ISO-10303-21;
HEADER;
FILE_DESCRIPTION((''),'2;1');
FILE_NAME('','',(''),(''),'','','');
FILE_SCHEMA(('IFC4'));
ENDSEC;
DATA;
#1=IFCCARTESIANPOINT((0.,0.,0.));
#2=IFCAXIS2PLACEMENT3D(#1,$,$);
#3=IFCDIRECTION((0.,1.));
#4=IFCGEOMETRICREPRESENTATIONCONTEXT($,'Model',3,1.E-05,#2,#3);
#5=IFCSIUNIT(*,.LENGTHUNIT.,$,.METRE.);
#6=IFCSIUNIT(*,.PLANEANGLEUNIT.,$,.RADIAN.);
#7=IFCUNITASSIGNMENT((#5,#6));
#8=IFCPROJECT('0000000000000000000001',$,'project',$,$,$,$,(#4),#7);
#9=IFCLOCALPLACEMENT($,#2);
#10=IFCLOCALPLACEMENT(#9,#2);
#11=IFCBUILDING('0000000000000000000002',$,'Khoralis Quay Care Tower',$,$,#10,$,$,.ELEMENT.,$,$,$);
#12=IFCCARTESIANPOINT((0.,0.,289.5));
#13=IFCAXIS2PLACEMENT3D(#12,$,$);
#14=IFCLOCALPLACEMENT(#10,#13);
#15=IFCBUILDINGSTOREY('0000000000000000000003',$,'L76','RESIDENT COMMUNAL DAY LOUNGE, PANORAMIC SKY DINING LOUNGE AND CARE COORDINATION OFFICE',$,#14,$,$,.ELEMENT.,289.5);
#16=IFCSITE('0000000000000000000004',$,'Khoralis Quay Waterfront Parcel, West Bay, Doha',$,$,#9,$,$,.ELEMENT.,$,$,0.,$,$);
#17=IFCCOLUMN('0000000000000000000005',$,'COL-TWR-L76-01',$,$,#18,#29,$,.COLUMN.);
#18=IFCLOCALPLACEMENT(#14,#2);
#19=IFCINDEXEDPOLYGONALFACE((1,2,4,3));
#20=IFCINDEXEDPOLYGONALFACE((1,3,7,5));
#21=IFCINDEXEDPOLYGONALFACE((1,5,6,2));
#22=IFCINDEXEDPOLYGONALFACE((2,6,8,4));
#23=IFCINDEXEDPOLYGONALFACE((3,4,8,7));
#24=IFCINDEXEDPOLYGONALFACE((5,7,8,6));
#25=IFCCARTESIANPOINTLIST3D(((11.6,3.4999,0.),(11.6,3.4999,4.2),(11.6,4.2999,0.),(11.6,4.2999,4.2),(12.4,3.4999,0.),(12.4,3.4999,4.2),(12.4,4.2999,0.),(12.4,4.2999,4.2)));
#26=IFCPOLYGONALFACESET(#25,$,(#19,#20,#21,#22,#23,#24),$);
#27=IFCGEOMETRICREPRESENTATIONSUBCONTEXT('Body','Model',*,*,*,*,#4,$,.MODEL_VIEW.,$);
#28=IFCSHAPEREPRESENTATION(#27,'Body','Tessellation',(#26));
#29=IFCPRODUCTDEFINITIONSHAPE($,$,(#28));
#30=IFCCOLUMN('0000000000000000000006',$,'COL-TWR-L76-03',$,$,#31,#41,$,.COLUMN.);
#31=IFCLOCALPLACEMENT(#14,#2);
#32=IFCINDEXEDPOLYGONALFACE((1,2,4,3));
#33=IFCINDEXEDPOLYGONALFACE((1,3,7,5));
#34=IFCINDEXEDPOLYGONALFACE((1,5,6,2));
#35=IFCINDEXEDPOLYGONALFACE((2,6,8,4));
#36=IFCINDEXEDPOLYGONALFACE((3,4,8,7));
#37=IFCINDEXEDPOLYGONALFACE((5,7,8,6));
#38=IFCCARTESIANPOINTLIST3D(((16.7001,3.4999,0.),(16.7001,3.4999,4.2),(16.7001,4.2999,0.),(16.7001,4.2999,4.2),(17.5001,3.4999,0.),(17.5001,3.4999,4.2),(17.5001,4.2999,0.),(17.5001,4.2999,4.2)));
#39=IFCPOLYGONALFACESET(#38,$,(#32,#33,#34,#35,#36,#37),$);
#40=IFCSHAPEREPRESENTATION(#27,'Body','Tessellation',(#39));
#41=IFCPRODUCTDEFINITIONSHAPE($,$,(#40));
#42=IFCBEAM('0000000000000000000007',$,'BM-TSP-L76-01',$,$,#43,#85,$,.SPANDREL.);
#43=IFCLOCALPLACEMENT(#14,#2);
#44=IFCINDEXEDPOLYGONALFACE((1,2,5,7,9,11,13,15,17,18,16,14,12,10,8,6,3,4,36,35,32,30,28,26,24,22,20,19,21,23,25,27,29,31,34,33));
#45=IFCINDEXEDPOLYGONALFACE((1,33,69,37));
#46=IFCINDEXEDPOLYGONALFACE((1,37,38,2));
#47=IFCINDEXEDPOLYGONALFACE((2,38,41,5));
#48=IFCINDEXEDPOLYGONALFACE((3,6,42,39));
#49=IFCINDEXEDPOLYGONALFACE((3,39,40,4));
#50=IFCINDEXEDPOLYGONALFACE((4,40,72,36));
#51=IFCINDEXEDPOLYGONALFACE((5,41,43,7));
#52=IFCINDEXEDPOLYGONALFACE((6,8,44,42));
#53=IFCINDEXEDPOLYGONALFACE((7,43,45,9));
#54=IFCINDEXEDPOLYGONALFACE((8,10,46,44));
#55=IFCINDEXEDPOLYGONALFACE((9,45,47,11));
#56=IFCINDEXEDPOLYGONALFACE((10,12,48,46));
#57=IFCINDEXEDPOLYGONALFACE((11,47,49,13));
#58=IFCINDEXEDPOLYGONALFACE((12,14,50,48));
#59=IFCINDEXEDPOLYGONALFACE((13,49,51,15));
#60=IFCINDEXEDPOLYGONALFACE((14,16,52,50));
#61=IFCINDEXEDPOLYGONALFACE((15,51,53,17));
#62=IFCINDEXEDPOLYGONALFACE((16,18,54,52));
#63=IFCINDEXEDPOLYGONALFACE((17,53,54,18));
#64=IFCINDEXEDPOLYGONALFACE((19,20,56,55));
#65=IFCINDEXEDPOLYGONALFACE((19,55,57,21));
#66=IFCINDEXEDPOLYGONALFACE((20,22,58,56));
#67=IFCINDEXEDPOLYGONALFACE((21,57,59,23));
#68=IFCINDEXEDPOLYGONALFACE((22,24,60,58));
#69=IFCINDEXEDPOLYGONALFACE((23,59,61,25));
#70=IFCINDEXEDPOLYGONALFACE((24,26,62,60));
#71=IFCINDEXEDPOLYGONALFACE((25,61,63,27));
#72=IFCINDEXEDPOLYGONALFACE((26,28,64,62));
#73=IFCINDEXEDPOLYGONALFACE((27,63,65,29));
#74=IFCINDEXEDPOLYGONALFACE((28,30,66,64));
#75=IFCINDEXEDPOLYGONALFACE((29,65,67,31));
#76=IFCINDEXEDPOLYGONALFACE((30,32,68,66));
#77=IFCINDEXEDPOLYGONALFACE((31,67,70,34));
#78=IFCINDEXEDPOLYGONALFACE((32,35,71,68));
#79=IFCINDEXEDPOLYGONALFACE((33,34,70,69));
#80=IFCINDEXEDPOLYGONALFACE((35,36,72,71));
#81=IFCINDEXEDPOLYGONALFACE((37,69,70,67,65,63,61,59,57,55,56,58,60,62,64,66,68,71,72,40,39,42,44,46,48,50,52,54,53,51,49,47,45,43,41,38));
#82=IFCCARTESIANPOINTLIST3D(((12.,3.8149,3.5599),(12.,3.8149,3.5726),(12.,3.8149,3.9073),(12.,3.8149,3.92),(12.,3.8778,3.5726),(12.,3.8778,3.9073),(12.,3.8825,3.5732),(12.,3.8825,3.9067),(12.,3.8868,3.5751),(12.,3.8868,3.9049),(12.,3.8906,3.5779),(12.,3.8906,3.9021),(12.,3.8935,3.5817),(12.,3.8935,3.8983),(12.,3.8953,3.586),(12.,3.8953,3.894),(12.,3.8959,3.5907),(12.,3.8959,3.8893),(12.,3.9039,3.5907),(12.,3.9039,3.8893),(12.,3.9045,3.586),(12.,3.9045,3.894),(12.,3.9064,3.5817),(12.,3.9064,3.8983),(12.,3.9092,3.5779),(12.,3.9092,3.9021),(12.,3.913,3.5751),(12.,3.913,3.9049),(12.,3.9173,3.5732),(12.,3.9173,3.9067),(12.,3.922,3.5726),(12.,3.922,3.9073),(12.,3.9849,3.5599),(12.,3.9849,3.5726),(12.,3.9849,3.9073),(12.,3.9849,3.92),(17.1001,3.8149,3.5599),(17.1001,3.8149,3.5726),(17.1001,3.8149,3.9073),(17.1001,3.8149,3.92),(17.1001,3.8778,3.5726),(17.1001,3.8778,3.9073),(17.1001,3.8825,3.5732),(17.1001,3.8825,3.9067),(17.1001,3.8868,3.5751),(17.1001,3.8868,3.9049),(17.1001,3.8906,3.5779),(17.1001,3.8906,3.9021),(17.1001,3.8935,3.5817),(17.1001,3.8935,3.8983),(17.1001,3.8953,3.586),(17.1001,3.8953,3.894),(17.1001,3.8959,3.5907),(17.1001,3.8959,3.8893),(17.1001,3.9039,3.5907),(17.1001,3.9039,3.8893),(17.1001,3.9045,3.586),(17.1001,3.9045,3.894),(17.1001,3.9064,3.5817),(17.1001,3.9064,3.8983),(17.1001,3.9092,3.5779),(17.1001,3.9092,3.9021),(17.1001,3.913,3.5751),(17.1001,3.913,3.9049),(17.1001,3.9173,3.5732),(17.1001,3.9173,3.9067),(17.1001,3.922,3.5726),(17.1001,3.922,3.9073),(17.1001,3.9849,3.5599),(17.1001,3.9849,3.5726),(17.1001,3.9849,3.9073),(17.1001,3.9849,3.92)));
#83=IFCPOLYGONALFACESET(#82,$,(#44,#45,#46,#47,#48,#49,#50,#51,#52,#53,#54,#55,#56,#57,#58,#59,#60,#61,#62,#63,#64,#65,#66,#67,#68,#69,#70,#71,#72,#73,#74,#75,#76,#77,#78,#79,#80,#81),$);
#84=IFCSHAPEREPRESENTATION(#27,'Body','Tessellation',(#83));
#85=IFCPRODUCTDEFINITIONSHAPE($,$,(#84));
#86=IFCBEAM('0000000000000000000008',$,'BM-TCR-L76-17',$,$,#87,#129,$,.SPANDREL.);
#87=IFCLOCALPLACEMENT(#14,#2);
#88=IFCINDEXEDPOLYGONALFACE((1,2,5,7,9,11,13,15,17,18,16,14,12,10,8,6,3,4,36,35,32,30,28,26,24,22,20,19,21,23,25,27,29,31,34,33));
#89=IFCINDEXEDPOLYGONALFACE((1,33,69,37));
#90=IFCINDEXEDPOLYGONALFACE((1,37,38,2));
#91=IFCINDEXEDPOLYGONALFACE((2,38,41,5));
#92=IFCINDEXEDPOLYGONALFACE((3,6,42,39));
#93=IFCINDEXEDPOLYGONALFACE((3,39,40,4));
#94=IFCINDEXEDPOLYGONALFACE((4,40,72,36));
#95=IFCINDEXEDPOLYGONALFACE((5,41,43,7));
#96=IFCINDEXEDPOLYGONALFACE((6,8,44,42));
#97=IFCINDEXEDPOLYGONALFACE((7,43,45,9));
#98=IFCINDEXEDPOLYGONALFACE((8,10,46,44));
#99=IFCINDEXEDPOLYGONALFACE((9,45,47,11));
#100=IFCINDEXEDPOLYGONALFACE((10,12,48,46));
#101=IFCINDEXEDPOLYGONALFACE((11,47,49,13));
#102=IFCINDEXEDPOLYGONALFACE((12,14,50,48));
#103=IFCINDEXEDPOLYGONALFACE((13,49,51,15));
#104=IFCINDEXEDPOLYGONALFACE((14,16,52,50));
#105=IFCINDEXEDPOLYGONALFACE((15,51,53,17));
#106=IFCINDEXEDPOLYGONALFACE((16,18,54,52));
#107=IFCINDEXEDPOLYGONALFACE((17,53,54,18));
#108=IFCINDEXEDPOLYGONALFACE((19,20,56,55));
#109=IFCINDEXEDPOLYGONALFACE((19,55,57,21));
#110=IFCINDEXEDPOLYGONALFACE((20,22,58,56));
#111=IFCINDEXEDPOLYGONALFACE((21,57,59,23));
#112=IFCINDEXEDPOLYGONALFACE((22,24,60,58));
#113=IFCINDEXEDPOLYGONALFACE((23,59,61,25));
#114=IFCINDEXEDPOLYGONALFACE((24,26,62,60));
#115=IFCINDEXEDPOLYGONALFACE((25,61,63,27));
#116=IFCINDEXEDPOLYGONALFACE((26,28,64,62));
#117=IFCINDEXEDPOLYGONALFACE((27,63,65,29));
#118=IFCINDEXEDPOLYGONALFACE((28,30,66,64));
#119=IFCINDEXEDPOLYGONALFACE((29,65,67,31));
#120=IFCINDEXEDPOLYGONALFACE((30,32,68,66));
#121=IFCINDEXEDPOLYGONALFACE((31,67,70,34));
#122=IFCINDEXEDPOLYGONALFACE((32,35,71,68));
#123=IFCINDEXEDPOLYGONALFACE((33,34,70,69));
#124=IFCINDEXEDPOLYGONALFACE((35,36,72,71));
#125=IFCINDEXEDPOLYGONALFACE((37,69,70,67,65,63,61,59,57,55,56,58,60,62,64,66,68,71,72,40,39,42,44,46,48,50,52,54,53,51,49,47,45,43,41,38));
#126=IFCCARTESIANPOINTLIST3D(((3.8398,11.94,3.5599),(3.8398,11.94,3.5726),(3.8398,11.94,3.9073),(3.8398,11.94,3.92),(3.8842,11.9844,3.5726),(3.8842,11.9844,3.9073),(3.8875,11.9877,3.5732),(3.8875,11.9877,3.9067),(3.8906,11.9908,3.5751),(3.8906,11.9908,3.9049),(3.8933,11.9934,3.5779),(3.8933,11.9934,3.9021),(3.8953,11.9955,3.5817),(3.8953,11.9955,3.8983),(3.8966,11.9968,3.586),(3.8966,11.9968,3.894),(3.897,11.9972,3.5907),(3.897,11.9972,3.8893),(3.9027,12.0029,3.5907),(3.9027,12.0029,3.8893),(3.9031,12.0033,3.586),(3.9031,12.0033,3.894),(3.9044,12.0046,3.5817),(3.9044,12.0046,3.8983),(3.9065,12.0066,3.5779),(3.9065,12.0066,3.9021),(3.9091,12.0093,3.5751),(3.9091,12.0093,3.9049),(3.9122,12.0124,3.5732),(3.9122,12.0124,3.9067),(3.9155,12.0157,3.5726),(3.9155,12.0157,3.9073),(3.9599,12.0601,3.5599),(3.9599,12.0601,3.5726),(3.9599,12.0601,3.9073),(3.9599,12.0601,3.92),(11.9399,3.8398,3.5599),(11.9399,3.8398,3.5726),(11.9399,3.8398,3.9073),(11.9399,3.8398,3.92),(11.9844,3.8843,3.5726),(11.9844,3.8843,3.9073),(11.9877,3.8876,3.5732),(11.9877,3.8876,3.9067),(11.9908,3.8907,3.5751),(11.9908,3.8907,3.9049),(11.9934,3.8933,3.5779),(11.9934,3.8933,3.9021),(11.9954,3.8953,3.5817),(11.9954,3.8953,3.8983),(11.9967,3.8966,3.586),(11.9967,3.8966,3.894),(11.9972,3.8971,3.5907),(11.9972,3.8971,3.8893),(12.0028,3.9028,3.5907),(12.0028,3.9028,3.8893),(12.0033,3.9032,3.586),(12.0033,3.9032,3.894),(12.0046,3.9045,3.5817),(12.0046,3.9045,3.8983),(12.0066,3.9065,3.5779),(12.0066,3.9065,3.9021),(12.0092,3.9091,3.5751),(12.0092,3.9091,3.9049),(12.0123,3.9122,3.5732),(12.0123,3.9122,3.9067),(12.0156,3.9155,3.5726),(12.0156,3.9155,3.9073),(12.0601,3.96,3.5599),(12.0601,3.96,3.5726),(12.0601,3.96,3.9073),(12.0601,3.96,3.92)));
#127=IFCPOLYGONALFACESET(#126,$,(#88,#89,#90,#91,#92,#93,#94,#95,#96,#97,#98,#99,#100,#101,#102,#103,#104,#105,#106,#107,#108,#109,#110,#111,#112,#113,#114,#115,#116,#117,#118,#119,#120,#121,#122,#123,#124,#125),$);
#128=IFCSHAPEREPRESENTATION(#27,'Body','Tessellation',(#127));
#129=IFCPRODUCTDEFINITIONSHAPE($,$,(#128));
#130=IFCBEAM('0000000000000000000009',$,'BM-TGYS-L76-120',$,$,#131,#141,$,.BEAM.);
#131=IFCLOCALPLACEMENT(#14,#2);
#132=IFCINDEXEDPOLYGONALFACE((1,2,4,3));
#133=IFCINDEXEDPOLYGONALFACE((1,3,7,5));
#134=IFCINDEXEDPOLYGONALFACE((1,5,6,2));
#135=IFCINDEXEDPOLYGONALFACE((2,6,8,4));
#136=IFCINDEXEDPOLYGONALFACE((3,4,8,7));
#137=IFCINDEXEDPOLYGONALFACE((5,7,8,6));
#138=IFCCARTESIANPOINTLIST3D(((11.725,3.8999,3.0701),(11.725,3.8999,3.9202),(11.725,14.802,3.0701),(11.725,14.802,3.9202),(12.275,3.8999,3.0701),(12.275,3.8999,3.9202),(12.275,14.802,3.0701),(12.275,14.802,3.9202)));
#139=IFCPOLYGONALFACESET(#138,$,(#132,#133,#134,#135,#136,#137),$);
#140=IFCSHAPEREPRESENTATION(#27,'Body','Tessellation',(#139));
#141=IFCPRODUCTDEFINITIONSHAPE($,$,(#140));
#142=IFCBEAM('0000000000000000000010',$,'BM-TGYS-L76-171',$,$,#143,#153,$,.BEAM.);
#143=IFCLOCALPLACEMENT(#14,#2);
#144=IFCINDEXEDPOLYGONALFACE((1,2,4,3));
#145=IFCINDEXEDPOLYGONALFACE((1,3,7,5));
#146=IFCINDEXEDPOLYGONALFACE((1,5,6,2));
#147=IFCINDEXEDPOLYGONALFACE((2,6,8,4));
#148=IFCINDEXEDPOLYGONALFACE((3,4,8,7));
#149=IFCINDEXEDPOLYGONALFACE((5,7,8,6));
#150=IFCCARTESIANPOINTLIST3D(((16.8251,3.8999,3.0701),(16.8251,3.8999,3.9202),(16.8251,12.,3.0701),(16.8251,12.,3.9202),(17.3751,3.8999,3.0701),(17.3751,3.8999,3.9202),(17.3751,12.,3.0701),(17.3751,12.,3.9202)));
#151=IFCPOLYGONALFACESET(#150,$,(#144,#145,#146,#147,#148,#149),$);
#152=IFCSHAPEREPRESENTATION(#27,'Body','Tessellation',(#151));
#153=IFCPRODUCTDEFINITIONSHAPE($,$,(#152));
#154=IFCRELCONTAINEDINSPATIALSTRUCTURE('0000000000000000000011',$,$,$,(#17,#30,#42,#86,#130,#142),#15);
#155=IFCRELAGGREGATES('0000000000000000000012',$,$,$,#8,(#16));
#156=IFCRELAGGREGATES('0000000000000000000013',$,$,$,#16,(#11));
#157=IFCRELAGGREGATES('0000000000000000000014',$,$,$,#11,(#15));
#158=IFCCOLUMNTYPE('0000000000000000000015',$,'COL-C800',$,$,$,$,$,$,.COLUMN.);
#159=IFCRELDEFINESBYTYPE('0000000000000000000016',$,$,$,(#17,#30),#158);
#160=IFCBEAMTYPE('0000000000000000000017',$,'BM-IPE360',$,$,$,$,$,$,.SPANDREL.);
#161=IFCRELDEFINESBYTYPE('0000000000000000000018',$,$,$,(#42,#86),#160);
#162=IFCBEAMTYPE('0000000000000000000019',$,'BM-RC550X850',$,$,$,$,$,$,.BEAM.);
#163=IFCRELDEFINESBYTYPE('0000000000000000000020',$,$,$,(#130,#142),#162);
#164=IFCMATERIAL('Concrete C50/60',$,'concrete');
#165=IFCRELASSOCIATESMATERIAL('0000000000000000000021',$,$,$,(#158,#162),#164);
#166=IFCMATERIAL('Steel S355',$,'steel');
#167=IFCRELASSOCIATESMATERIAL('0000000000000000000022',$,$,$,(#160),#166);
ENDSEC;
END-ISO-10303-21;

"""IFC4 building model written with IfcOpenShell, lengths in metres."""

from ifc_helpers import new_model, si_unit, direction, frame, origin, origin_2d, place, context, subcontext, project, spatial, rectangle, i_section, extrude, source, transform, mapped, material, material_profile, profile_set, type_object, element, save


model = new_model("IFC4")

# Units and contexts
model_context = context("Model", 3, precision=1e-05, world=origin(), true_north=direction((0.0, 1.0)))
body_context = subcontext(model_context, "Body", "Model", "MODEL_VIEW")
ifc_project = project(units=[si_unit("LENGTHUNIT", "METRE"), si_unit("PLANEANGLEUNIT", "RADIAN")], contexts=[model_context])

# Site, building, storey
site_placement = place(None, origin())
site = spatial("IfcSite", under=ifc_project, at=site_placement, Name="Khoralis Quay Waterfront Parcel, West Bay, Doha", CompositionType="ELEMENT", RefElevation=0.0)
building_placement = place(site_placement, origin())
building = spatial("IfcBuilding", under=site, at=building_placement, Name="Khoralis Quay Care Tower", CompositionType="ELEMENT")
storey_placement = place(building_placement, frame((0.0, 0.0, 289.5)))
storey = spatial("IfcBuildingStorey", under=building, at=storey_placement, Name="L76", Description="RESIDENT COMMUNAL DAY LOUNGE, PANORAMIC SKY DINING LOUNGE AND CARE COORDINATION OFFICE", CompositionType="ELEMENT", Elevation=289.5)

# Columns
ifc_material_1 = material(Name="Concrete C50/60", Category="concrete")
ifc_material_profile_1 = material_profile(ifc_material_1, rectangle(XDim=0.8, YDim=0.8, at=origin_2d()), Name="Concrete C50/60")
ifc_profile_set_1 = profile_set([ifc_material_profile_1], Name="Concrete C50/60")
column_type = type_object("IfcColumnType", Name="COL-C800", PredefinedType="COLUMN", material=ifc_profile_set_1)
shared_shape_1 = source(origin(), body_context, "Body", "SweptSolid", [
    extrude(rectangle(XDim=0.8, YDim=0.8, at=origin_2d()), origin(), (0.0, 0.0, 1.0), 4.2),
])
for number, where, z_axis, x_axis, name in (
    (1, (12.0, 3.8999, 0.0), (0.0, 0.0, 1.0), (1.0, 0.0, 0.0), "COL-TWR-L76-01"),
    (2, (17.1001, 3.8999, 0.0), (0.0, 0.0, 1.0), (1.0, 0.0, 0.0), "COL-TWR-L76-03"),
):
    element("IfcColumn", number, at=place(storey_placement, frame(where, z_axis=z_axis, x_axis=x_axis)), inside=storey, type_object=column_type, Name=name, PredefinedType="COLUMN", context=body_context, shape_type="MappedRepresentation", body=[
        mapped(shared_shape_1, transform((0.0, 0.0, 0.0), scale=1.0)),
    ])

# Beams
ifc_material_2 = material(Name="Steel S355", Category="steel")
ifc_material_profile_2 = material_profile(ifc_material_2, i_section(OverallWidth=0.1699, OverallDepth=0.3601, WebThickness=0.0081, FlangeThickness=0.0127, FilletRadius=0.0181, at=origin_2d()), Name="Steel S355")
ifc_profile_set_2 = profile_set([ifc_material_profile_2], Name="Steel S355")
beam_type_1 = type_object("IfcBeamType", Name="BM-IPE360", PredefinedType="SPANDREL", material=ifc_profile_set_2)
shared_shape_2 = source(origin(), body_context, "Body", "SweptSolid", [
    extrude(i_section(OverallWidth=0.1699, OverallDepth=0.3601, WebThickness=0.0081, FlangeThickness=0.0127, FilletRadius=0.0181, at=origin_2d()), origin(), (0.0, 0.0, 1.0), 5.1001),
])
beam_1_placement = place(storey_placement, frame((12.0, 3.8999, 3.74), z_axis=(1.0, 0.0, 0.0), x_axis=(0.0, 1.0, 0.0)))
element("IfcBeam", 3, at=beam_1_placement, inside=storey, type_object=beam_type_1, Name="BM-TSP-L76-01", PredefinedType="SPANDREL", context=body_context, shape_type="MappedRepresentation", body=[
    mapped(shared_shape_2, transform((0.0, 0.0, 0.0), scale=1.0)),
])
shared_shape_3 = source(origin(), body_context, "Body", "SweptSolid", [
    extrude(i_section(OverallWidth=0.1699, OverallDepth=0.3601, WebThickness=0.0081, FlangeThickness=0.0127, FilletRadius=0.0181, at=origin_2d()), origin(), (0.0, 0.0, 1.0), 11.4553),
])
beam_2_placement = place(storey_placement, frame((12.0, 3.8999, 3.74), z_axis=(-0.707107, 0.707107, 0.0), x_axis=(-0.707107, -0.707107, 0.0)))
element("IfcBeam", 4, at=beam_2_placement, inside=storey, type_object=beam_type_1, Name="BM-TCR-L76-17", PredefinedType="SPANDREL", context=body_context, shape_type="MappedRepresentation", body=[
    mapped(shared_shape_3, transform((0.0, 0.0, 0.0), scale=1.0)),
])
ifc_material_profile_3 = material_profile(ifc_material_1, rectangle(XDim=0.55, YDim=0.8501, at=origin_2d()), Name="Concrete C50/60")
ifc_profile_set_3 = profile_set([ifc_material_profile_3], Name="Concrete C50/60")
beam_type_2 = type_object("IfcBeamType", Name="BM-RC550X850", PredefinedType="BEAM", material=ifc_profile_set_3)
shared_shape_4 = source(origin(), body_context, "Body", "SweptSolid", [
    extrude(rectangle(XDim=0.55, YDim=0.8501, at=origin_2d()), origin(), (0.0, 0.0, 1.0), 10.9021),
])
beam_3_placement = place(storey_placement, frame((12.0, 3.8999, 3.4951), z_axis=(0.0, 1.0, 0.0), x_axis=(-1.0, 0.0, 0.0)))
element("IfcBeam", 5, at=beam_3_placement, inside=storey, type_object=beam_type_2, Name="BM-TGYS-L76-120", PredefinedType="BEAM", context=body_context, shape_type="MappedRepresentation", body=[
    mapped(shared_shape_4, transform((0.0, 0.0, 0.0), scale=1.0)),
])
shared_shape_5 = source(origin(), body_context, "Body", "SweptSolid", [
    extrude(rectangle(XDim=0.55, YDim=0.8501, at=origin_2d()), origin(), (0.0, 0.0, 1.0), 8.1001),
])
beam_4_placement = place(storey_placement, frame((17.1001, 3.8999, 3.4951), z_axis=(0.0, 1.0, 0.0), x_axis=(-1.0, 0.0, 0.0)))
element("IfcBeam", 6, at=beam_4_placement, inside=storey, type_object=beam_type_2, Name="BM-TGYS-L76-171", PredefinedType="BEAM", context=body_context, shape_type="MappedRepresentation", body=[
    mapped(shared_shape_5, transform((0.0, 0.0, 0.0), scale=1.0)),
])

save(model, "model.ifc")
